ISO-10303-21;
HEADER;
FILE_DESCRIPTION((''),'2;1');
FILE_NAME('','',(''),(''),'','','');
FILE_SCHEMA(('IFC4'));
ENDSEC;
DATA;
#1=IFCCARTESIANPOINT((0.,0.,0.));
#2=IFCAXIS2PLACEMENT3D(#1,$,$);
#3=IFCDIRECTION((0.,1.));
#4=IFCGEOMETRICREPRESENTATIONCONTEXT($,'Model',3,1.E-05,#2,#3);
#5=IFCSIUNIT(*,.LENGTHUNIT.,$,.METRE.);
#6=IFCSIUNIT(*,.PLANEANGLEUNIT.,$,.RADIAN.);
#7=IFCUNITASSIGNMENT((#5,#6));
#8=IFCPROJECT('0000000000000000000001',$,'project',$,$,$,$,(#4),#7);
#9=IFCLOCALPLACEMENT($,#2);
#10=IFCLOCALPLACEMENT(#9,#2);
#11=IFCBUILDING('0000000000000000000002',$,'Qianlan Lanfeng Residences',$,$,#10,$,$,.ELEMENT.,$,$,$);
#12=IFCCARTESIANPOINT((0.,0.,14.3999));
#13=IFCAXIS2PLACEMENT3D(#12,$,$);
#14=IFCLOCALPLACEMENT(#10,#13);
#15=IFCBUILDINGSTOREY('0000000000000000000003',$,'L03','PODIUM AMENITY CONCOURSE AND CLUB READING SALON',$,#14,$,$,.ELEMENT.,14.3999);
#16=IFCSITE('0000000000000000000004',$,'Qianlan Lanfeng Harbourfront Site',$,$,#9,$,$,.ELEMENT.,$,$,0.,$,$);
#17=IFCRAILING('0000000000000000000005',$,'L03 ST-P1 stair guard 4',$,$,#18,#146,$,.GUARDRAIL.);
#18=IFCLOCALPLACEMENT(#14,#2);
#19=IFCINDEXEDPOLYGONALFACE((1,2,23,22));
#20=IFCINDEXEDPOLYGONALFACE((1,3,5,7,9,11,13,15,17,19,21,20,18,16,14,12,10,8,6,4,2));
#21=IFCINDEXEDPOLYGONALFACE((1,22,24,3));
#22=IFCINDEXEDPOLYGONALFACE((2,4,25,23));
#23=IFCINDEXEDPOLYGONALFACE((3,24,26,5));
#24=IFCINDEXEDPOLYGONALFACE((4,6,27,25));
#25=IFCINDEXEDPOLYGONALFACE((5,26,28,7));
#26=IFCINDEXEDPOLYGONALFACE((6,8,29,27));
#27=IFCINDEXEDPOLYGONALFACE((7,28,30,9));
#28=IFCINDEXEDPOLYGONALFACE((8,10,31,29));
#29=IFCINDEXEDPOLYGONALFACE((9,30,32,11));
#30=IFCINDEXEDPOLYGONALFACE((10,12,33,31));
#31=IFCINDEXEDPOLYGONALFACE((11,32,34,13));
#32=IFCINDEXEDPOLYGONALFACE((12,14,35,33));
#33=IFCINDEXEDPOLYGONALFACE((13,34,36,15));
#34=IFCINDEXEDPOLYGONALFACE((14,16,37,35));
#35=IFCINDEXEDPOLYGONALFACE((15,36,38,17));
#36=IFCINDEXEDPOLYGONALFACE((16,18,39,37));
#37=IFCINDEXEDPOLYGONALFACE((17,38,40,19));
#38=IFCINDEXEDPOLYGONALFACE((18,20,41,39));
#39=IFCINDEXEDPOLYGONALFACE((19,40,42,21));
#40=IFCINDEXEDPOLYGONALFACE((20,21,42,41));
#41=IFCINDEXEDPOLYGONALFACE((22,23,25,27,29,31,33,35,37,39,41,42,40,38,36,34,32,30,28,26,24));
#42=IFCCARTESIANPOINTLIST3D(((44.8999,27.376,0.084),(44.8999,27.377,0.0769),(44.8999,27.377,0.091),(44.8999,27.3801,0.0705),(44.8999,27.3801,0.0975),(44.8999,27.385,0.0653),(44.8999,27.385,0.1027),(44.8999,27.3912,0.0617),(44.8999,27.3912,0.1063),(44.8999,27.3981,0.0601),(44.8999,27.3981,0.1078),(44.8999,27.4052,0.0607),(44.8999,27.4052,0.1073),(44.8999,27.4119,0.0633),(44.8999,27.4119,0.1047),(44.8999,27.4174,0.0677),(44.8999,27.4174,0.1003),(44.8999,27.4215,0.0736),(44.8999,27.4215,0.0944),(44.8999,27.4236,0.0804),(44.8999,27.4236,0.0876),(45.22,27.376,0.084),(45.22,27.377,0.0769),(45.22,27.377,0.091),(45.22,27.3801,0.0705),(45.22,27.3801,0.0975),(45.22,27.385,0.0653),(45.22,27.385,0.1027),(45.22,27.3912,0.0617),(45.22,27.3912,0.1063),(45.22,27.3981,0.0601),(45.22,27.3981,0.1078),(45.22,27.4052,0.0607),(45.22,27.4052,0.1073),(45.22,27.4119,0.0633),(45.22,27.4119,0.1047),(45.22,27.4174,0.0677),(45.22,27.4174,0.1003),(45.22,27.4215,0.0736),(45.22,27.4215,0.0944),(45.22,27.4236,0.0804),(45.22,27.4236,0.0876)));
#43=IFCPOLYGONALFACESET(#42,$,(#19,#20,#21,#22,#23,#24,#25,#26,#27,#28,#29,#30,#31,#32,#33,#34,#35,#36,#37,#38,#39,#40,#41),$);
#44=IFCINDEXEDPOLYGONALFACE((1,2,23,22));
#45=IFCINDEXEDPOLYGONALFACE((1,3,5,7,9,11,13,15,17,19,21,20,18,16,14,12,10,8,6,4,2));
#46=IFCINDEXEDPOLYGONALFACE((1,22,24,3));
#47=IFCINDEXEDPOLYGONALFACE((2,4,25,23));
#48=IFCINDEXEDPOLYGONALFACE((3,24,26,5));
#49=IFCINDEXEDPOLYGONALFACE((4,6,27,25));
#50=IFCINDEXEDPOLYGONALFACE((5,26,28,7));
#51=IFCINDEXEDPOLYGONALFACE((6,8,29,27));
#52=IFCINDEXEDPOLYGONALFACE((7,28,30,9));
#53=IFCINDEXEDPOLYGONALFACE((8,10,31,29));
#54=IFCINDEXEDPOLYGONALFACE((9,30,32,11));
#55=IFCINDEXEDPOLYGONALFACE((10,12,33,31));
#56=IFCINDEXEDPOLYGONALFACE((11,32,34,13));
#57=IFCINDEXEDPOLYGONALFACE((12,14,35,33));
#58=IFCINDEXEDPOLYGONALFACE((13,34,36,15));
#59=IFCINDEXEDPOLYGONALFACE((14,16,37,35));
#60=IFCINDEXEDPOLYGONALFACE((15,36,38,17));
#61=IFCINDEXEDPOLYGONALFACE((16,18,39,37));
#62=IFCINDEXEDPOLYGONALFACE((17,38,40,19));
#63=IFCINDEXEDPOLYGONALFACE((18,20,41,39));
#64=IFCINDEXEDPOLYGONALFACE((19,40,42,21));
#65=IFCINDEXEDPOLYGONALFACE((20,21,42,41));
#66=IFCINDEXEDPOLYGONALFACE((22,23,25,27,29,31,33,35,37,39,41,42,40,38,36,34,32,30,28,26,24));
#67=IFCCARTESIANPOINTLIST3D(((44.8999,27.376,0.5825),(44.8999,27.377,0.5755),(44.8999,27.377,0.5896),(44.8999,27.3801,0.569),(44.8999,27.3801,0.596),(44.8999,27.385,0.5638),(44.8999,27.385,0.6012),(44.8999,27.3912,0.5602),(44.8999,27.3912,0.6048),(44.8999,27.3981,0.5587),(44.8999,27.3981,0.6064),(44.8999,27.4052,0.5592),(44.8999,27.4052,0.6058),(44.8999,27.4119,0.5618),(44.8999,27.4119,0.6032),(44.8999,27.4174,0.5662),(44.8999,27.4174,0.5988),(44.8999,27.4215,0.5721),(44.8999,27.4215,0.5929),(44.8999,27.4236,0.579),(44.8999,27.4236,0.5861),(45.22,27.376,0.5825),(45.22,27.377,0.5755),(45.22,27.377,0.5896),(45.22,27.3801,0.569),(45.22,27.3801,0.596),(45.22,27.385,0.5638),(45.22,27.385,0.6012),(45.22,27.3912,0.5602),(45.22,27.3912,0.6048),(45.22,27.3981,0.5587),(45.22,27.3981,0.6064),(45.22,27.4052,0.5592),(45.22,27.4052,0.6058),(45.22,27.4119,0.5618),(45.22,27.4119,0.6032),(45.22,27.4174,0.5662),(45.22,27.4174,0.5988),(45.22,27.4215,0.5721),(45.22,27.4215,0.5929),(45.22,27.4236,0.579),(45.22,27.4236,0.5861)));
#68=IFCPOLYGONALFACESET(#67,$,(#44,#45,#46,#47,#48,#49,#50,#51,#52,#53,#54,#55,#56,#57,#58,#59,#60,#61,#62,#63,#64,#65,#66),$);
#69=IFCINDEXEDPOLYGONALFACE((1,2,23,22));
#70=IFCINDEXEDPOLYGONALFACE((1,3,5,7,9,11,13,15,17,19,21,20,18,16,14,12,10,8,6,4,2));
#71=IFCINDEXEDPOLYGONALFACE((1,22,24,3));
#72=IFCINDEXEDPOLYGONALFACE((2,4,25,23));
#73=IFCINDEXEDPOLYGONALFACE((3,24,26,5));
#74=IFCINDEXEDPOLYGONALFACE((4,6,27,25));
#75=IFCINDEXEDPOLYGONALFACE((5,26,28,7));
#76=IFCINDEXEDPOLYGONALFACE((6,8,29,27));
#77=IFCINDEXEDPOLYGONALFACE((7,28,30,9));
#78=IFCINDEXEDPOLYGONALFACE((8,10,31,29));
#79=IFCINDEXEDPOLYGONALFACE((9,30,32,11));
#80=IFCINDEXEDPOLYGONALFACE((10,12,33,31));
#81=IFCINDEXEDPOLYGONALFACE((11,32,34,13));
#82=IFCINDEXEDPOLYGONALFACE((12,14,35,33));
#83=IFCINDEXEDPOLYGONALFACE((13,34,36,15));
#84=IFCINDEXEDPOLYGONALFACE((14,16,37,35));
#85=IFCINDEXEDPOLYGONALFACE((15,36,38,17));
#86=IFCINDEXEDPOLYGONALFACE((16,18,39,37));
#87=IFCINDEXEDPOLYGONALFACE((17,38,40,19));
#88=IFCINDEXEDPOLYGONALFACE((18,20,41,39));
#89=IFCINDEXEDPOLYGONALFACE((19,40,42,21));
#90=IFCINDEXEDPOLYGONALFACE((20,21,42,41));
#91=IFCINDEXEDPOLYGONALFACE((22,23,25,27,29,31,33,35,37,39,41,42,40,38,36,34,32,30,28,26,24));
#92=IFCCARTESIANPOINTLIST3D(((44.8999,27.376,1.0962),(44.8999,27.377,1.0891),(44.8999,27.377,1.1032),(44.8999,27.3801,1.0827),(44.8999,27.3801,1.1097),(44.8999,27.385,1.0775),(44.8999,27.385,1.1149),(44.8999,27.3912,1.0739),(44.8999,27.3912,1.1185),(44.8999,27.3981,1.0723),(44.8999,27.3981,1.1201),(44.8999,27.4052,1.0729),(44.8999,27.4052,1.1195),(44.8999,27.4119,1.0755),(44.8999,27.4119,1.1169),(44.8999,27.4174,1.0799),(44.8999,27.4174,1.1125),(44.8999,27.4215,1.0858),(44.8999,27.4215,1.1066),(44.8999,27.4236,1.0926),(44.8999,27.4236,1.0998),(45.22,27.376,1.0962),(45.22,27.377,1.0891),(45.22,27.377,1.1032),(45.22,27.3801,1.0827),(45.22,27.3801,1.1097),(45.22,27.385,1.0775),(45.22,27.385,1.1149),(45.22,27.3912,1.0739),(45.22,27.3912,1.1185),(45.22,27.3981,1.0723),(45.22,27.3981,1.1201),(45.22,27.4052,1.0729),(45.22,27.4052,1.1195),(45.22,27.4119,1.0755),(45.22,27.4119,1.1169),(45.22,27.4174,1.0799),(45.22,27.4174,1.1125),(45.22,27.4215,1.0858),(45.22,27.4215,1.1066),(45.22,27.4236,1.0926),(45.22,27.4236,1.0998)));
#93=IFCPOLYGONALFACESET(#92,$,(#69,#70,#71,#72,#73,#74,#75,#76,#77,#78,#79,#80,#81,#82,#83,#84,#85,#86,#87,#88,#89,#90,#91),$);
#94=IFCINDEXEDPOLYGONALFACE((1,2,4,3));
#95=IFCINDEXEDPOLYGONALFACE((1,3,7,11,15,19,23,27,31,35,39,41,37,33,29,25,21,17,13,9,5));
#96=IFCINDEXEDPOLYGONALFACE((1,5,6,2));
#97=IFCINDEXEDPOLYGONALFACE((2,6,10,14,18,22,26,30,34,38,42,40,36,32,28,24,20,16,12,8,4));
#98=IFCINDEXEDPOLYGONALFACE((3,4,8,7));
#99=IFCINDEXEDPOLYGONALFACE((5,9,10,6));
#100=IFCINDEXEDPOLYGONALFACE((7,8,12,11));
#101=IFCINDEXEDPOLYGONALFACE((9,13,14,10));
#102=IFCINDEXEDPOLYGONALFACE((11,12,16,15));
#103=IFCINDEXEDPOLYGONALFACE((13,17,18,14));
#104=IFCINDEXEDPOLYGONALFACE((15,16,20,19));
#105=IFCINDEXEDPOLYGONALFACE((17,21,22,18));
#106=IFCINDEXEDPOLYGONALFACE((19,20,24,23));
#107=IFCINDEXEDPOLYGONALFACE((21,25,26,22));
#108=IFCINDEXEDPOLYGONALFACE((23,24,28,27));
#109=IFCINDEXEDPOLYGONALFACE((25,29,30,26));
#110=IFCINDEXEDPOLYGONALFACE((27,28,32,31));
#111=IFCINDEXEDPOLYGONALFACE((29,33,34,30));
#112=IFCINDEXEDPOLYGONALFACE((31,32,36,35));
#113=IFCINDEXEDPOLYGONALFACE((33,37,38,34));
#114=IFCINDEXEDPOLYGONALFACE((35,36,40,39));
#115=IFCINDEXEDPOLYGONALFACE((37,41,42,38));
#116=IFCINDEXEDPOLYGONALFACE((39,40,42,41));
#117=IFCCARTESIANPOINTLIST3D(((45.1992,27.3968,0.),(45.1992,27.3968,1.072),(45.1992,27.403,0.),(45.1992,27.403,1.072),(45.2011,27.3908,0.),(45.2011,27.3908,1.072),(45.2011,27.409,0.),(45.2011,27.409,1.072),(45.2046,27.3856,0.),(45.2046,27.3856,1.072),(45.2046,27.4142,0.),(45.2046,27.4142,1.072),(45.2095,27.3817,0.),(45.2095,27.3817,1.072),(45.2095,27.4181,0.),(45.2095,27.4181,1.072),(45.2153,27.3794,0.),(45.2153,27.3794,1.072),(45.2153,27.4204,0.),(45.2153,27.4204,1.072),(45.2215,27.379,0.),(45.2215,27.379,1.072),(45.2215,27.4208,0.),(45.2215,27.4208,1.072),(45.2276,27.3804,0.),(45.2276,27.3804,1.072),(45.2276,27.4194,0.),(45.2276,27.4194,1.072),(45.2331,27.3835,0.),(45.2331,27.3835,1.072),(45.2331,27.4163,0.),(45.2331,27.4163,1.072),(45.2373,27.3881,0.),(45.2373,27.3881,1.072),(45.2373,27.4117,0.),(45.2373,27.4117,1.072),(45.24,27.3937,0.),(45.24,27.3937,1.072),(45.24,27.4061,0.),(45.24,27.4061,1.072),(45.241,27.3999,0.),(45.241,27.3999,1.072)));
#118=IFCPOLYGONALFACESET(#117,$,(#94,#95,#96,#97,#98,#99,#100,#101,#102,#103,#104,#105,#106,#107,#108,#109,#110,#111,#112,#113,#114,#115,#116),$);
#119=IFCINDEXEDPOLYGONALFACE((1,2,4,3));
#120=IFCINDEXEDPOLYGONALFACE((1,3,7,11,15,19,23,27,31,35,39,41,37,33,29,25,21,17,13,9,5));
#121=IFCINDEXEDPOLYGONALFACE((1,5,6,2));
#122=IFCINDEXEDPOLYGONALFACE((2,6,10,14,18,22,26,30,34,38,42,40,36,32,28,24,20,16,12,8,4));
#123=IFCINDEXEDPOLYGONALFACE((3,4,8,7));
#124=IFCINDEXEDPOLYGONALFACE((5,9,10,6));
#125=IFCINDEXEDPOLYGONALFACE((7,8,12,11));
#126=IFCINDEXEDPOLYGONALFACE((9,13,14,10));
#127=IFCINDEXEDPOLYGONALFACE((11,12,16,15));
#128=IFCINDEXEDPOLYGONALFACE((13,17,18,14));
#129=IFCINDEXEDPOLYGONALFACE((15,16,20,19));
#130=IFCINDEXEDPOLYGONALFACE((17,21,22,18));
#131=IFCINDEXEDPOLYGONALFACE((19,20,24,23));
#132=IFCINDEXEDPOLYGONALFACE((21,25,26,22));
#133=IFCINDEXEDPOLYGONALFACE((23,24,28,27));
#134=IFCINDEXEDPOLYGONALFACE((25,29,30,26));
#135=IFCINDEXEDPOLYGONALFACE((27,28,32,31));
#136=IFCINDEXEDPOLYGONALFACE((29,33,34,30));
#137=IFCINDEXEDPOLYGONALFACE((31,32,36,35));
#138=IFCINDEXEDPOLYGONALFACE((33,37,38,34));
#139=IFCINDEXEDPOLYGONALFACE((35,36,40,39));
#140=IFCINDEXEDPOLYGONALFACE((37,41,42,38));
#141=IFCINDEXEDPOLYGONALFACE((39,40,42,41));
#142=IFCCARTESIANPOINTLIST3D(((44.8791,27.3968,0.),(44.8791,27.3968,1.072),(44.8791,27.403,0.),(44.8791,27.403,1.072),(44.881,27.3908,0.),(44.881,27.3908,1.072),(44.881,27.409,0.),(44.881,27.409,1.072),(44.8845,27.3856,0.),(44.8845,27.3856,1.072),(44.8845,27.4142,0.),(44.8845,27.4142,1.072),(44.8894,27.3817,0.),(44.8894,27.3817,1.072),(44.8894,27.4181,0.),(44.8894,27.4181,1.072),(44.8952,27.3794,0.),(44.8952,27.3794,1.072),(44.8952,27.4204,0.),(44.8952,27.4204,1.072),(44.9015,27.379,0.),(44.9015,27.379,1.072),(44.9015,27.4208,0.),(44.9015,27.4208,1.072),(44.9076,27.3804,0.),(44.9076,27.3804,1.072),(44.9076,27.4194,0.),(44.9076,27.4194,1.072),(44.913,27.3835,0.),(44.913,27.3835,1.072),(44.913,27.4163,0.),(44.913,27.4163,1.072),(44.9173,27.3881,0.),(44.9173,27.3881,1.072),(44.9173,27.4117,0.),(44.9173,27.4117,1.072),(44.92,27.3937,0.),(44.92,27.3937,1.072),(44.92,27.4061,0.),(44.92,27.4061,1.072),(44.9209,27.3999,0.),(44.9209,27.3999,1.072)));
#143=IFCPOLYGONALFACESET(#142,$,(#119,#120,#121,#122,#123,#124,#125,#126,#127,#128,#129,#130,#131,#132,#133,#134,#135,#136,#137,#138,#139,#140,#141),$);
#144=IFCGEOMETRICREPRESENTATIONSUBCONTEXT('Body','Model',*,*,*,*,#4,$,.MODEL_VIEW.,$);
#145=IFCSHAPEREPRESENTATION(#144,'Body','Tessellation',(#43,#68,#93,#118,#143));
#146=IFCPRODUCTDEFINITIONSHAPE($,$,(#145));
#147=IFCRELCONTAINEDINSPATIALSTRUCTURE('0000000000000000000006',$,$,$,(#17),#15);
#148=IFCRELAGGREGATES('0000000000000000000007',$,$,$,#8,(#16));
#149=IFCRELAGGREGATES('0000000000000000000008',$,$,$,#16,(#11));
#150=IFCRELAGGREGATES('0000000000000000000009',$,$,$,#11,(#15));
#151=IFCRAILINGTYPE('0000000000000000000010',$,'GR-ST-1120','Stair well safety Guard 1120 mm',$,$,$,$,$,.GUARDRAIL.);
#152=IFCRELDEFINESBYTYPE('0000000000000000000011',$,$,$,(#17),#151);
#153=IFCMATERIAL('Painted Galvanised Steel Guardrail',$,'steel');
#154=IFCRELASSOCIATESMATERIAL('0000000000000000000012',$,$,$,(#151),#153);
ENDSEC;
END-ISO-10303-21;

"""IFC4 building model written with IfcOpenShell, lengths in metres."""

from ifc_helpers import new_model, si_unit, direction, frame, origin, origin_2d, place, context, subcontext, project, spatial, circle, extrude, material, type_object, element, save


model = new_model("IFC4")

# Units and contexts
model_context = context("Model", 3, precision=1e-05, world=origin(), true_north=direction((0.0, 1.0)))
body_context = subcontext(model_context, "Body", "Model", "MODEL_VIEW")
ifc_project = project(units=[si_unit("LENGTHUNIT", "METRE"), si_unit("PLANEANGLEUNIT", "RADIAN")], contexts=[model_context])

# Site, building, storey
site_placement = place(None, origin())
site = spatial("IfcSite", under=ifc_project, at=site_placement, Name="Qianlan Lanfeng Harbourfront Site", CompositionType="ELEMENT", RefElevation=0.0)
building_placement = place(site_placement, origin())
building = spatial("IfcBuilding", under=site, at=building_placement, Name="Qianlan Lanfeng Residences", CompositionType="ELEMENT")
storey_placement = place(building_placement, frame((0.0, 0.0, 14.3999)))
storey = spatial("IfcBuildingStorey", under=building, at=storey_placement, Name="L03", Description="PODIUM AMENITY CONCOURSE AND CLUB READING SALON", CompositionType="ELEMENT", Elevation=14.3999)

# Railing
ifc_material_1 = material(Name="Painted Galvanised Steel Guardrail", Category="steel")
railing_type_1 = type_object("IfcRailingType", Name="GR-ST-1120", Description="Stair well safety Guard 1120 mm", PredefinedType="GUARDRAIL", material=ifc_material_1)
railing_1_placement = place(storey_placement, frame((45.22, 27.3999, 0.0)))
element("IfcRailing", 1, at=railing_1_placement, inside=storey, type_object=railing_type_1, Name="L03 ST-P1 stair guard 4", PredefinedType="GUARDRAIL", context=body_context, shape_type="SweptSolid", body=[
    extrude(circle(Radius=0.0239, at=origin_2d()), frame((0.0, 0.0, 0.084), z_axis=(-1.0, 0.0, 0.0), x_axis=(0.0, -1.0, 0.0)), (0.0, 0.0, 1.0), 0.3201),
    extrude(circle(Radius=0.0239, at=origin_2d()), frame((0.0, 0.0, 0.5825), z_axis=(-1.0, 0.0, 0.0), x_axis=(0.0, -1.0, 0.0)), (0.0, 0.0, 1.0), 0.3201),
    extrude(circle(Radius=0.0239, at=origin_2d()), frame((0.0, 0.0, 1.0962), z_axis=(-1.0, 0.0, 0.0), x_axis=(0.0, -1.0, 0.0)), (0.0, 0.0, 1.0), 0.3201),
    extrude(circle(Radius=0.021, at=origin_2d()), origin(), (0.0, 0.0, 1.0), 1.072),
    extrude(circle(Radius=0.021, at=origin_2d()), frame((-0.3201, 0.0, 0.0)), (0.0, 0.0, 1.0), 1.072),
])

save(model, "model.ifc")
